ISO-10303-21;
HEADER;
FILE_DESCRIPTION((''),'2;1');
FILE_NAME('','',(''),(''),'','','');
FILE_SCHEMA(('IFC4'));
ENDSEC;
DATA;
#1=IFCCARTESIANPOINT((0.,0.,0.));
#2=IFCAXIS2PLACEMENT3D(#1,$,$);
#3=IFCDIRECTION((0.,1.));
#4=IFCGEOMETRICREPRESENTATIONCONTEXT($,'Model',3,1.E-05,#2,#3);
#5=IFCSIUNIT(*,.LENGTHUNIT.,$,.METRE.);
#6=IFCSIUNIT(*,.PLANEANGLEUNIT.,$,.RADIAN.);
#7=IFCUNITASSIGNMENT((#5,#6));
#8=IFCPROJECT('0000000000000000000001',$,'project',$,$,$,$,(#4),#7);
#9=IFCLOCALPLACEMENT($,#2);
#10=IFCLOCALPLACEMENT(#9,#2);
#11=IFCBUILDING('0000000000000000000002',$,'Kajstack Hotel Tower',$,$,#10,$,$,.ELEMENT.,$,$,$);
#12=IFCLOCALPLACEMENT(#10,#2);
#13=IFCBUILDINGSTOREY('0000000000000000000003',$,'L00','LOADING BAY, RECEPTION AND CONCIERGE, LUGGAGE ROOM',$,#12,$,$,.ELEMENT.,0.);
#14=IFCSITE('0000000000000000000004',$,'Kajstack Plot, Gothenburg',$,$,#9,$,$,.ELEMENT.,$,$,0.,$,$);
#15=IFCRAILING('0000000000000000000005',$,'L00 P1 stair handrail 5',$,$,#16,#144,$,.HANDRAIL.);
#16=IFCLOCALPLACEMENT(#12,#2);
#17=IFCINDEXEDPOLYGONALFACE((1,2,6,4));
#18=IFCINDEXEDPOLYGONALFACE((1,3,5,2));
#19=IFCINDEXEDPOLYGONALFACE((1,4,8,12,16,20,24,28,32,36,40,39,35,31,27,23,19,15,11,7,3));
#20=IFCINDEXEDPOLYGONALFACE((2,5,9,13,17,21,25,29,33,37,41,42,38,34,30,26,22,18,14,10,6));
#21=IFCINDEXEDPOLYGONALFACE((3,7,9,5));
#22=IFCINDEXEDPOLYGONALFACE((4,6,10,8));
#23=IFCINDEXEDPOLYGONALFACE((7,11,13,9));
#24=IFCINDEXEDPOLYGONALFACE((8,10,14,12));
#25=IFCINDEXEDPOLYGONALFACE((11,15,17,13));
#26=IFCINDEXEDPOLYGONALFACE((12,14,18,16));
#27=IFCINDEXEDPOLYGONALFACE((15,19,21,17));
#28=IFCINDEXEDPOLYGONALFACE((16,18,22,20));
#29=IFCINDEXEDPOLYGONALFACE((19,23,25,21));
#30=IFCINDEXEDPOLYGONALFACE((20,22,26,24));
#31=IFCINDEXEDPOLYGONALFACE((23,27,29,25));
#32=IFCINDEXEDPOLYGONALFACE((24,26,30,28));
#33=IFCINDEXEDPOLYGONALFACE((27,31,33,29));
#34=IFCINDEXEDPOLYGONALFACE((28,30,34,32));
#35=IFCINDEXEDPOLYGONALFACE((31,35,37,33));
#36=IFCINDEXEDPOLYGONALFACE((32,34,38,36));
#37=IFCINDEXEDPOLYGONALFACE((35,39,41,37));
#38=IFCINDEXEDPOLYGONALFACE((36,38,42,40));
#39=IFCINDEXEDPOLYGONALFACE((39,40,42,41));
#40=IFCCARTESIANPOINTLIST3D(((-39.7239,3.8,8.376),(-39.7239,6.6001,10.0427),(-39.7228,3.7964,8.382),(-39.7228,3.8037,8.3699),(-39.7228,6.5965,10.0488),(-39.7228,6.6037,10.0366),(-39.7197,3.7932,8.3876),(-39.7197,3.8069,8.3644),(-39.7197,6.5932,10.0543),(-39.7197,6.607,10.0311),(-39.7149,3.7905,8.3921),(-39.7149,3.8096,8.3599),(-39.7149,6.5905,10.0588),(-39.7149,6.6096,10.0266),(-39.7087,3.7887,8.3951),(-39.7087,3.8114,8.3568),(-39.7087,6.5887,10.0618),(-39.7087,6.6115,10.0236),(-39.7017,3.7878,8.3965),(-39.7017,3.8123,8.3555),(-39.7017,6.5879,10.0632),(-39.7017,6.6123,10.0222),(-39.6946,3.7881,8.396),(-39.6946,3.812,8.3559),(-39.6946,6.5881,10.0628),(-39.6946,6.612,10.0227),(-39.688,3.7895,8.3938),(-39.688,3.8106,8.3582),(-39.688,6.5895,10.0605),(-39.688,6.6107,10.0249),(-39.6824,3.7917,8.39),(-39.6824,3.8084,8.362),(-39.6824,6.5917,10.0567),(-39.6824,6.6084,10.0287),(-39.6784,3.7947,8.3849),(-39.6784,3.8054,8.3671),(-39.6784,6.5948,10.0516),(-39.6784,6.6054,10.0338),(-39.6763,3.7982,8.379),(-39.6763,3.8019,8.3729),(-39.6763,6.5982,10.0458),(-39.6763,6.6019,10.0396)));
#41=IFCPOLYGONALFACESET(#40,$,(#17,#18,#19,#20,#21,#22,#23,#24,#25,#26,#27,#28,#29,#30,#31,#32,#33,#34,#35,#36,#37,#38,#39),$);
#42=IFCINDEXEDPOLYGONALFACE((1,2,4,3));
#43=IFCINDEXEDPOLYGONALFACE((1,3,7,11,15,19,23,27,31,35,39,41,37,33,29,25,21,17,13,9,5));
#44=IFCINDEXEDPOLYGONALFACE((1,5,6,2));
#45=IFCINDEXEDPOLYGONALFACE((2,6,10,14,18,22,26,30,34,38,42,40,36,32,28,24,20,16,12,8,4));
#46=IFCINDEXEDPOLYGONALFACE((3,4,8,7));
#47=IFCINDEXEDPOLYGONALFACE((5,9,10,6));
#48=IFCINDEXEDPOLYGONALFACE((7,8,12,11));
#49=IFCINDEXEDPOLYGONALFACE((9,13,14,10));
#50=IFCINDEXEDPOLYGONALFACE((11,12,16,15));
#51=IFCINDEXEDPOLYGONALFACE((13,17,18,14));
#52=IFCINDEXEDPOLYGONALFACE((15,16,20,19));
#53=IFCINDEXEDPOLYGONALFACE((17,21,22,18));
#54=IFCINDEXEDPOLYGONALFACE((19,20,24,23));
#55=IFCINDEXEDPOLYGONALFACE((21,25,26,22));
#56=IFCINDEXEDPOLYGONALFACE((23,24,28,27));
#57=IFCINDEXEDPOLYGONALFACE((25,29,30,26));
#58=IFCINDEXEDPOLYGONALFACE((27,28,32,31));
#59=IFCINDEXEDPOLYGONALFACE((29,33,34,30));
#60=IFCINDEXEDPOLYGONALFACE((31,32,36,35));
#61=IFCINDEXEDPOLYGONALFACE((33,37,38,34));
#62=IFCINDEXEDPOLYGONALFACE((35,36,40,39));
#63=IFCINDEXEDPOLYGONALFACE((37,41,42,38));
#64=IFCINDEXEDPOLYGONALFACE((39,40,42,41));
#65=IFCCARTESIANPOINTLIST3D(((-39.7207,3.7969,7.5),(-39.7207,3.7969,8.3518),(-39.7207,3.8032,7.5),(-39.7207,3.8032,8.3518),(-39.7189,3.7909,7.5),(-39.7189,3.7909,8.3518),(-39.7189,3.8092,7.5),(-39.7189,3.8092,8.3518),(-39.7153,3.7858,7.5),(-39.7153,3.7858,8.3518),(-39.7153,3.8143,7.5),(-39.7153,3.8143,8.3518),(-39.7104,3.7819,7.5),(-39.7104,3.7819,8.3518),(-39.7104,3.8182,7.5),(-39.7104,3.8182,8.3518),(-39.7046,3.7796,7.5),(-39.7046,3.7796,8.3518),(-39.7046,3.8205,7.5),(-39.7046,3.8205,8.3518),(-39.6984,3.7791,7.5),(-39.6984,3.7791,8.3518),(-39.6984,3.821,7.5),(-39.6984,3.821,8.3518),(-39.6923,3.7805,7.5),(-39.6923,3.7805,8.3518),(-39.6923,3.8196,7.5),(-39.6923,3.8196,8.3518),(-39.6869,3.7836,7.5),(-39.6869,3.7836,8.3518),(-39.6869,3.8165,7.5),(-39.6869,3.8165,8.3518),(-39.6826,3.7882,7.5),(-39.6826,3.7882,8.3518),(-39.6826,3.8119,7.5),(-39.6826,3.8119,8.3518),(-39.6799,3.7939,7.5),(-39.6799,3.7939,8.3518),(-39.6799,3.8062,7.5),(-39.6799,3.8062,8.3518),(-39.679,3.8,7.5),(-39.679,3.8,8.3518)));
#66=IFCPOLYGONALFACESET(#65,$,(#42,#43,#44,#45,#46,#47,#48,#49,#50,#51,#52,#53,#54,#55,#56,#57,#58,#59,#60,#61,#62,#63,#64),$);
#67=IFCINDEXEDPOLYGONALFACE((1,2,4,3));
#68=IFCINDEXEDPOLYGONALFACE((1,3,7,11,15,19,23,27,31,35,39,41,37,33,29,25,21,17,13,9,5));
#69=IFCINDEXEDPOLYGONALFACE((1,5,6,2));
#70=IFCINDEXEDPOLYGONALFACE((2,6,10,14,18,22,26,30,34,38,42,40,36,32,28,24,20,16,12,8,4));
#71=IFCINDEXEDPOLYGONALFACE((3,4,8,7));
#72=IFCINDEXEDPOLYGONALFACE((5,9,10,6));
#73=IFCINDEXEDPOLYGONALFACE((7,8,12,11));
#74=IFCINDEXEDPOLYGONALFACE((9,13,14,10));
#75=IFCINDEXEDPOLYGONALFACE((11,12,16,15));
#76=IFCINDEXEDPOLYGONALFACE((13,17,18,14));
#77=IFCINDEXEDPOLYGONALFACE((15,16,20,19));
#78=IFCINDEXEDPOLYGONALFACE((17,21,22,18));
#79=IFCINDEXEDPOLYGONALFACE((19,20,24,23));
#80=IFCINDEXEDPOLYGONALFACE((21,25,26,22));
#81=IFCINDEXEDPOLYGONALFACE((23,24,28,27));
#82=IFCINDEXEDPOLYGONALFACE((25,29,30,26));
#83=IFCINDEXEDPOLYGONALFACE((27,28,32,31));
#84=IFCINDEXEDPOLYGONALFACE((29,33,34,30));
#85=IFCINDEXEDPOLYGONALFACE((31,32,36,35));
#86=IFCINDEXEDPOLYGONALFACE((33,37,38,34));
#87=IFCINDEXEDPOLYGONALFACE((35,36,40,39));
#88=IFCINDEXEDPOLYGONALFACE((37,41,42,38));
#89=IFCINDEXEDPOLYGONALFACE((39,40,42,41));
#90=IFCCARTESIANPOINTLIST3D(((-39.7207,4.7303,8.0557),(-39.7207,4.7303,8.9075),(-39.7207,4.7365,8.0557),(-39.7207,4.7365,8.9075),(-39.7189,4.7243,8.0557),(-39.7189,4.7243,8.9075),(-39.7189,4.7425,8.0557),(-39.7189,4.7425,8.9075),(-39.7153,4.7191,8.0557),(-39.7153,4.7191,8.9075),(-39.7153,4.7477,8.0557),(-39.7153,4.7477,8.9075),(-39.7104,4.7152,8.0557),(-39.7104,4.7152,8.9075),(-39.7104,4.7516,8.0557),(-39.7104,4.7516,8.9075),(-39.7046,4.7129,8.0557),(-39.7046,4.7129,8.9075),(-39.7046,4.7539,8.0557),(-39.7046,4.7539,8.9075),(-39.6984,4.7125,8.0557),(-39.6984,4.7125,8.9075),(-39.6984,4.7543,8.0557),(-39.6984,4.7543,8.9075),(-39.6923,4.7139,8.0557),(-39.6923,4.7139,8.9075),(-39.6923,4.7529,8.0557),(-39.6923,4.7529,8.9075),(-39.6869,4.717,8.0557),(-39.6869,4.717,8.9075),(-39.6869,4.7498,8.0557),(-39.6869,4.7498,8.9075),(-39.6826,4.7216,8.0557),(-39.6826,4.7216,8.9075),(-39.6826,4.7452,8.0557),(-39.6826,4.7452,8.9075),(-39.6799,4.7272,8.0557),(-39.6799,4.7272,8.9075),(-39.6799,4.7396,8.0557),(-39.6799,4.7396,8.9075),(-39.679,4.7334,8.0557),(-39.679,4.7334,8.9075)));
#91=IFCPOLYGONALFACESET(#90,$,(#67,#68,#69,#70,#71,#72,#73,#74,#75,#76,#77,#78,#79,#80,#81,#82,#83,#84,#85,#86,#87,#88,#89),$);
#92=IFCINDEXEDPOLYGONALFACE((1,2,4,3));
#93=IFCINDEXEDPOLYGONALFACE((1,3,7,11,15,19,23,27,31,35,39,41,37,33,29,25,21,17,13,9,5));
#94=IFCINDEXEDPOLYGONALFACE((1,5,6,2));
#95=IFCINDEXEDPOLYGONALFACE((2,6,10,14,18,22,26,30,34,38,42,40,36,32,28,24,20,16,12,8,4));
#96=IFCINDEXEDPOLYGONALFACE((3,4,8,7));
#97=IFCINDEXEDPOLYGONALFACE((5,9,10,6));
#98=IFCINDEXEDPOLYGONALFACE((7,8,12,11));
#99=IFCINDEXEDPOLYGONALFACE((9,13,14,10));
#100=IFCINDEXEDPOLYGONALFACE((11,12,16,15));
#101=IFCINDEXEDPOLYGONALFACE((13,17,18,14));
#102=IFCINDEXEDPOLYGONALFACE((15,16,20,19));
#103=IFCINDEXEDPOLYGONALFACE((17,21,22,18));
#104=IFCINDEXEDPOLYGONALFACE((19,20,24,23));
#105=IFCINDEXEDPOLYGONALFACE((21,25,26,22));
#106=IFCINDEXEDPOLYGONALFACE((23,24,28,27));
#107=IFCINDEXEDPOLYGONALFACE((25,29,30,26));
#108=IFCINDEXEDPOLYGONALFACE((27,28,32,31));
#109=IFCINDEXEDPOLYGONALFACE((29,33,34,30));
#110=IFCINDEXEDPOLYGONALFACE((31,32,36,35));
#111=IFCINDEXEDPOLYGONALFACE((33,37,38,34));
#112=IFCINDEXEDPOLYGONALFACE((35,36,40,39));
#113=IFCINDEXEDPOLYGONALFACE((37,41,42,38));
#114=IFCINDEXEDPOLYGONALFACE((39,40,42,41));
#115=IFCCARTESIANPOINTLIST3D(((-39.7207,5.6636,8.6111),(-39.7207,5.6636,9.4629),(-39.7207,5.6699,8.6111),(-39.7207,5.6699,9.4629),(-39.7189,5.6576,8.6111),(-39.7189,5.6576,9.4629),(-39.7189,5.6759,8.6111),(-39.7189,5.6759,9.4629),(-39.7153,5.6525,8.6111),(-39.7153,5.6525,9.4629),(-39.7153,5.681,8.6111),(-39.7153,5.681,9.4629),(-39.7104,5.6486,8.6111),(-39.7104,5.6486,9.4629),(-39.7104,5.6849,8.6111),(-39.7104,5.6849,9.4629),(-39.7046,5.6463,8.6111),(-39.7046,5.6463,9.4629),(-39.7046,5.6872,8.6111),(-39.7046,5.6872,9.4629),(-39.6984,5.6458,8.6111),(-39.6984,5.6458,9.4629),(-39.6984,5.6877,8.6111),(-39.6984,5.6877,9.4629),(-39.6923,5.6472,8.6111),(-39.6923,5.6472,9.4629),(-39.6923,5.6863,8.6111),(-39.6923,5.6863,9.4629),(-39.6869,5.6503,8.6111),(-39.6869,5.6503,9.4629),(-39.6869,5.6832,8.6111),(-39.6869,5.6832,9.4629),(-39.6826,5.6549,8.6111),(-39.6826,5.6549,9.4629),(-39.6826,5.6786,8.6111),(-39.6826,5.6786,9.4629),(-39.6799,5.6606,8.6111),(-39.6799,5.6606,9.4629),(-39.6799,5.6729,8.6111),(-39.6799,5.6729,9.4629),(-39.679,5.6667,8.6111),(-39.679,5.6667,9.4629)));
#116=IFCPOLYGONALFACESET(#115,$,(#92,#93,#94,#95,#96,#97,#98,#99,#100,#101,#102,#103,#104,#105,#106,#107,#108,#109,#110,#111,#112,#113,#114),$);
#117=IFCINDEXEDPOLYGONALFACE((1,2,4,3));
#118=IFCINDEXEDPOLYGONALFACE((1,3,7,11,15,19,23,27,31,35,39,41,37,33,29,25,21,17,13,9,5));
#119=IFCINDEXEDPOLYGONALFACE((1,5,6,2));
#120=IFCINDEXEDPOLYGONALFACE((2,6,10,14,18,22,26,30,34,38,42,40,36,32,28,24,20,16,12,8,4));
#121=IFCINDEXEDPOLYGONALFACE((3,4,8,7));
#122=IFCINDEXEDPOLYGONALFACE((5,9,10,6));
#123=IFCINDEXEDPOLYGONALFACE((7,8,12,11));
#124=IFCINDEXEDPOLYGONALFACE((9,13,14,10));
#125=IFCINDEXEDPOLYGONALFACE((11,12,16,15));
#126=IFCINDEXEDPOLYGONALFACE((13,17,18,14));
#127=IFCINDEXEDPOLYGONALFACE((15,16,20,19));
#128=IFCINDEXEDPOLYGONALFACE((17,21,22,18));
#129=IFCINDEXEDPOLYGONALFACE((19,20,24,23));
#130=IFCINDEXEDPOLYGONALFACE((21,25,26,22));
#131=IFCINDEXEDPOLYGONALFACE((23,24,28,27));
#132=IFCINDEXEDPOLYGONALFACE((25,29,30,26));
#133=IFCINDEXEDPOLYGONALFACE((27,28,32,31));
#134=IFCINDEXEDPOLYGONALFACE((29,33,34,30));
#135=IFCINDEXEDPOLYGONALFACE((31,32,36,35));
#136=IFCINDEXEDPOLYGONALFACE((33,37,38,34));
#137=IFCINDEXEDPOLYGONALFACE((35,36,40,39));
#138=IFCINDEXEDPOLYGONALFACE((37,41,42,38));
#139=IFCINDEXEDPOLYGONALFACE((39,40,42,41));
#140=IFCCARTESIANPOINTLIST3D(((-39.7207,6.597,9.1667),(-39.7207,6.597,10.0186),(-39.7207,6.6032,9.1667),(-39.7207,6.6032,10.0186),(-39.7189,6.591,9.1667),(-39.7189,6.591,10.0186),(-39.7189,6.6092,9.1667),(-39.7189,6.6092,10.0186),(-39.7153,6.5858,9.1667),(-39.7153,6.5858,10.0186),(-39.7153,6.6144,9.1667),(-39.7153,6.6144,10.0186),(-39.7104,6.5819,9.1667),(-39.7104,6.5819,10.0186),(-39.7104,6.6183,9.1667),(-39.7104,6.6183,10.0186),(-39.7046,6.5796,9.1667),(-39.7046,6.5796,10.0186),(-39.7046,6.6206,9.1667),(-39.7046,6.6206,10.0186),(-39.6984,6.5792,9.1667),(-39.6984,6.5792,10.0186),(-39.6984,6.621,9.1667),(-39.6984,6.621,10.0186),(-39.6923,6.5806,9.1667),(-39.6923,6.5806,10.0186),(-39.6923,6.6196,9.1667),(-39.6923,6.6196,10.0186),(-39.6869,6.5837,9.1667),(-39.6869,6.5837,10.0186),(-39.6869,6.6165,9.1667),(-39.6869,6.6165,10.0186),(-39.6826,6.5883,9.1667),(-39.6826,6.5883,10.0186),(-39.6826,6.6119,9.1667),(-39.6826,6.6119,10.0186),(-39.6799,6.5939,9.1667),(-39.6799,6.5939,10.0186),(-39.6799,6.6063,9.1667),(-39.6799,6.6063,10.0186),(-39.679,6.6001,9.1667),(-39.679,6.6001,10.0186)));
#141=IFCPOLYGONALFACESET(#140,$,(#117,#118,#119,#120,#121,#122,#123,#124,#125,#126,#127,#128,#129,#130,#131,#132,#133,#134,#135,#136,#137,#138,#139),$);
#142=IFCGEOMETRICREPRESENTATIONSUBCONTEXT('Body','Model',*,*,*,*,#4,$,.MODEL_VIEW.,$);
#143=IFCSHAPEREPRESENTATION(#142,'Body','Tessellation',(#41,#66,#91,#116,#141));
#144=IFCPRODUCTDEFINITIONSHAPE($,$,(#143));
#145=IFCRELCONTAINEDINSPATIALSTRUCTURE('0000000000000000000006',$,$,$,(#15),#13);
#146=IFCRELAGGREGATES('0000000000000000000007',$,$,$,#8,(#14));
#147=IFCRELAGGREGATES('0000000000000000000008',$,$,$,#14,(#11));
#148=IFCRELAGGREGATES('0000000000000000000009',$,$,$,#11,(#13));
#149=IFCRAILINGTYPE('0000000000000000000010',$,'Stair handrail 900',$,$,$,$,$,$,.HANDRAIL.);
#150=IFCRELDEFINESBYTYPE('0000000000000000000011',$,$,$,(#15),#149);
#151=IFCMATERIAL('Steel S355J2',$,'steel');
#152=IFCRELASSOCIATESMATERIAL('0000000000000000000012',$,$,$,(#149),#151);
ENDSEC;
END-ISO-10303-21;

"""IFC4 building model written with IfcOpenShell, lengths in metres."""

from ifc_helpers import new_model, si_unit, direction, frame, origin, origin_2d, place, context, subcontext, project, spatial, circle, extrude, material, type_object, element, save


model = new_model("IFC4")

# Units and contexts
model_context = context("Model", 3, precision=1e-05, world=origin(), true_north=direction((0.0, 1.0)))
body_context = subcontext(model_context, "Body", "Model", "MODEL_VIEW")
ifc_project = project(units=[si_unit("LENGTHUNIT", "METRE"), si_unit("PLANEANGLEUNIT", "RADIAN")], contexts=[model_context])

# Site, building, storey
site_placement = place(None, origin())
site = spatial("IfcSite", under=ifc_project, at=site_placement, Name="Kajstack Plot, Gothenburg", CompositionType="ELEMENT", RefElevation=0.0)
building_placement = place(site_placement, origin())
building = spatial("IfcBuilding", under=site, at=building_placement, Name="Kajstack Hotel Tower", CompositionType="ELEMENT")
storey_placement = place(building_placement, origin())
storey = spatial("IfcBuildingStorey", under=building, at=storey_placement, Name="L00", Description="LOADING BAY, RECEPTION AND CONCIERGE, LUGGAGE ROOM", CompositionType="ELEMENT", Elevation=0.0)

# Railing
ifc_material_1 = material(Name="Steel S355J2", Category="steel")
railing_type_1 = type_object("IfcRailingType", Name="Stair handrail 900", PredefinedType="HANDRAIL", material=ifc_material_1)
railing_1_placement = place(storey_placement, frame((-39.7, 3.8, 7.5)))
element("IfcRailing", 1, at=railing_1_placement, inside=storey, type_object=railing_type_1, Name="L00 P1 stair handrail 5", PredefinedType="HANDRAIL", context=body_context, shape_type="SweptSolid", body=[
    extrude(circle(Radius=0.0239, at=origin_2d()), frame((0.0, 0.0, 0.876), z_axis=(0.0, 0.859286, 0.511496), x_axis=(-1.0, 0.0, 0.0)), (0.0, 0.0, 1.0), 3.2585),
    extrude(circle(Radius=0.021, at=origin_2d()), origin(), (0.0, 0.0, 1.0), 0.8518),
    extrude(circle(Radius=0.021, at=origin_2d()), frame((0.0, 0.9333, 0.5557)), (0.0, 0.0, 1.0), 0.8518),
    extrude(circle(Radius=0.021, at=origin_2d()), frame((0.0, 1.8667, 1.1111)), (0.0, 0.0, 1.0), 0.8518),
    extrude(circle(Radius=0.021, at=origin_2d()), frame((0.0, 2.8, 1.6667)), (0.0, 0.0, 1.0), 0.8518),
])

save(model, "model.ifc")
